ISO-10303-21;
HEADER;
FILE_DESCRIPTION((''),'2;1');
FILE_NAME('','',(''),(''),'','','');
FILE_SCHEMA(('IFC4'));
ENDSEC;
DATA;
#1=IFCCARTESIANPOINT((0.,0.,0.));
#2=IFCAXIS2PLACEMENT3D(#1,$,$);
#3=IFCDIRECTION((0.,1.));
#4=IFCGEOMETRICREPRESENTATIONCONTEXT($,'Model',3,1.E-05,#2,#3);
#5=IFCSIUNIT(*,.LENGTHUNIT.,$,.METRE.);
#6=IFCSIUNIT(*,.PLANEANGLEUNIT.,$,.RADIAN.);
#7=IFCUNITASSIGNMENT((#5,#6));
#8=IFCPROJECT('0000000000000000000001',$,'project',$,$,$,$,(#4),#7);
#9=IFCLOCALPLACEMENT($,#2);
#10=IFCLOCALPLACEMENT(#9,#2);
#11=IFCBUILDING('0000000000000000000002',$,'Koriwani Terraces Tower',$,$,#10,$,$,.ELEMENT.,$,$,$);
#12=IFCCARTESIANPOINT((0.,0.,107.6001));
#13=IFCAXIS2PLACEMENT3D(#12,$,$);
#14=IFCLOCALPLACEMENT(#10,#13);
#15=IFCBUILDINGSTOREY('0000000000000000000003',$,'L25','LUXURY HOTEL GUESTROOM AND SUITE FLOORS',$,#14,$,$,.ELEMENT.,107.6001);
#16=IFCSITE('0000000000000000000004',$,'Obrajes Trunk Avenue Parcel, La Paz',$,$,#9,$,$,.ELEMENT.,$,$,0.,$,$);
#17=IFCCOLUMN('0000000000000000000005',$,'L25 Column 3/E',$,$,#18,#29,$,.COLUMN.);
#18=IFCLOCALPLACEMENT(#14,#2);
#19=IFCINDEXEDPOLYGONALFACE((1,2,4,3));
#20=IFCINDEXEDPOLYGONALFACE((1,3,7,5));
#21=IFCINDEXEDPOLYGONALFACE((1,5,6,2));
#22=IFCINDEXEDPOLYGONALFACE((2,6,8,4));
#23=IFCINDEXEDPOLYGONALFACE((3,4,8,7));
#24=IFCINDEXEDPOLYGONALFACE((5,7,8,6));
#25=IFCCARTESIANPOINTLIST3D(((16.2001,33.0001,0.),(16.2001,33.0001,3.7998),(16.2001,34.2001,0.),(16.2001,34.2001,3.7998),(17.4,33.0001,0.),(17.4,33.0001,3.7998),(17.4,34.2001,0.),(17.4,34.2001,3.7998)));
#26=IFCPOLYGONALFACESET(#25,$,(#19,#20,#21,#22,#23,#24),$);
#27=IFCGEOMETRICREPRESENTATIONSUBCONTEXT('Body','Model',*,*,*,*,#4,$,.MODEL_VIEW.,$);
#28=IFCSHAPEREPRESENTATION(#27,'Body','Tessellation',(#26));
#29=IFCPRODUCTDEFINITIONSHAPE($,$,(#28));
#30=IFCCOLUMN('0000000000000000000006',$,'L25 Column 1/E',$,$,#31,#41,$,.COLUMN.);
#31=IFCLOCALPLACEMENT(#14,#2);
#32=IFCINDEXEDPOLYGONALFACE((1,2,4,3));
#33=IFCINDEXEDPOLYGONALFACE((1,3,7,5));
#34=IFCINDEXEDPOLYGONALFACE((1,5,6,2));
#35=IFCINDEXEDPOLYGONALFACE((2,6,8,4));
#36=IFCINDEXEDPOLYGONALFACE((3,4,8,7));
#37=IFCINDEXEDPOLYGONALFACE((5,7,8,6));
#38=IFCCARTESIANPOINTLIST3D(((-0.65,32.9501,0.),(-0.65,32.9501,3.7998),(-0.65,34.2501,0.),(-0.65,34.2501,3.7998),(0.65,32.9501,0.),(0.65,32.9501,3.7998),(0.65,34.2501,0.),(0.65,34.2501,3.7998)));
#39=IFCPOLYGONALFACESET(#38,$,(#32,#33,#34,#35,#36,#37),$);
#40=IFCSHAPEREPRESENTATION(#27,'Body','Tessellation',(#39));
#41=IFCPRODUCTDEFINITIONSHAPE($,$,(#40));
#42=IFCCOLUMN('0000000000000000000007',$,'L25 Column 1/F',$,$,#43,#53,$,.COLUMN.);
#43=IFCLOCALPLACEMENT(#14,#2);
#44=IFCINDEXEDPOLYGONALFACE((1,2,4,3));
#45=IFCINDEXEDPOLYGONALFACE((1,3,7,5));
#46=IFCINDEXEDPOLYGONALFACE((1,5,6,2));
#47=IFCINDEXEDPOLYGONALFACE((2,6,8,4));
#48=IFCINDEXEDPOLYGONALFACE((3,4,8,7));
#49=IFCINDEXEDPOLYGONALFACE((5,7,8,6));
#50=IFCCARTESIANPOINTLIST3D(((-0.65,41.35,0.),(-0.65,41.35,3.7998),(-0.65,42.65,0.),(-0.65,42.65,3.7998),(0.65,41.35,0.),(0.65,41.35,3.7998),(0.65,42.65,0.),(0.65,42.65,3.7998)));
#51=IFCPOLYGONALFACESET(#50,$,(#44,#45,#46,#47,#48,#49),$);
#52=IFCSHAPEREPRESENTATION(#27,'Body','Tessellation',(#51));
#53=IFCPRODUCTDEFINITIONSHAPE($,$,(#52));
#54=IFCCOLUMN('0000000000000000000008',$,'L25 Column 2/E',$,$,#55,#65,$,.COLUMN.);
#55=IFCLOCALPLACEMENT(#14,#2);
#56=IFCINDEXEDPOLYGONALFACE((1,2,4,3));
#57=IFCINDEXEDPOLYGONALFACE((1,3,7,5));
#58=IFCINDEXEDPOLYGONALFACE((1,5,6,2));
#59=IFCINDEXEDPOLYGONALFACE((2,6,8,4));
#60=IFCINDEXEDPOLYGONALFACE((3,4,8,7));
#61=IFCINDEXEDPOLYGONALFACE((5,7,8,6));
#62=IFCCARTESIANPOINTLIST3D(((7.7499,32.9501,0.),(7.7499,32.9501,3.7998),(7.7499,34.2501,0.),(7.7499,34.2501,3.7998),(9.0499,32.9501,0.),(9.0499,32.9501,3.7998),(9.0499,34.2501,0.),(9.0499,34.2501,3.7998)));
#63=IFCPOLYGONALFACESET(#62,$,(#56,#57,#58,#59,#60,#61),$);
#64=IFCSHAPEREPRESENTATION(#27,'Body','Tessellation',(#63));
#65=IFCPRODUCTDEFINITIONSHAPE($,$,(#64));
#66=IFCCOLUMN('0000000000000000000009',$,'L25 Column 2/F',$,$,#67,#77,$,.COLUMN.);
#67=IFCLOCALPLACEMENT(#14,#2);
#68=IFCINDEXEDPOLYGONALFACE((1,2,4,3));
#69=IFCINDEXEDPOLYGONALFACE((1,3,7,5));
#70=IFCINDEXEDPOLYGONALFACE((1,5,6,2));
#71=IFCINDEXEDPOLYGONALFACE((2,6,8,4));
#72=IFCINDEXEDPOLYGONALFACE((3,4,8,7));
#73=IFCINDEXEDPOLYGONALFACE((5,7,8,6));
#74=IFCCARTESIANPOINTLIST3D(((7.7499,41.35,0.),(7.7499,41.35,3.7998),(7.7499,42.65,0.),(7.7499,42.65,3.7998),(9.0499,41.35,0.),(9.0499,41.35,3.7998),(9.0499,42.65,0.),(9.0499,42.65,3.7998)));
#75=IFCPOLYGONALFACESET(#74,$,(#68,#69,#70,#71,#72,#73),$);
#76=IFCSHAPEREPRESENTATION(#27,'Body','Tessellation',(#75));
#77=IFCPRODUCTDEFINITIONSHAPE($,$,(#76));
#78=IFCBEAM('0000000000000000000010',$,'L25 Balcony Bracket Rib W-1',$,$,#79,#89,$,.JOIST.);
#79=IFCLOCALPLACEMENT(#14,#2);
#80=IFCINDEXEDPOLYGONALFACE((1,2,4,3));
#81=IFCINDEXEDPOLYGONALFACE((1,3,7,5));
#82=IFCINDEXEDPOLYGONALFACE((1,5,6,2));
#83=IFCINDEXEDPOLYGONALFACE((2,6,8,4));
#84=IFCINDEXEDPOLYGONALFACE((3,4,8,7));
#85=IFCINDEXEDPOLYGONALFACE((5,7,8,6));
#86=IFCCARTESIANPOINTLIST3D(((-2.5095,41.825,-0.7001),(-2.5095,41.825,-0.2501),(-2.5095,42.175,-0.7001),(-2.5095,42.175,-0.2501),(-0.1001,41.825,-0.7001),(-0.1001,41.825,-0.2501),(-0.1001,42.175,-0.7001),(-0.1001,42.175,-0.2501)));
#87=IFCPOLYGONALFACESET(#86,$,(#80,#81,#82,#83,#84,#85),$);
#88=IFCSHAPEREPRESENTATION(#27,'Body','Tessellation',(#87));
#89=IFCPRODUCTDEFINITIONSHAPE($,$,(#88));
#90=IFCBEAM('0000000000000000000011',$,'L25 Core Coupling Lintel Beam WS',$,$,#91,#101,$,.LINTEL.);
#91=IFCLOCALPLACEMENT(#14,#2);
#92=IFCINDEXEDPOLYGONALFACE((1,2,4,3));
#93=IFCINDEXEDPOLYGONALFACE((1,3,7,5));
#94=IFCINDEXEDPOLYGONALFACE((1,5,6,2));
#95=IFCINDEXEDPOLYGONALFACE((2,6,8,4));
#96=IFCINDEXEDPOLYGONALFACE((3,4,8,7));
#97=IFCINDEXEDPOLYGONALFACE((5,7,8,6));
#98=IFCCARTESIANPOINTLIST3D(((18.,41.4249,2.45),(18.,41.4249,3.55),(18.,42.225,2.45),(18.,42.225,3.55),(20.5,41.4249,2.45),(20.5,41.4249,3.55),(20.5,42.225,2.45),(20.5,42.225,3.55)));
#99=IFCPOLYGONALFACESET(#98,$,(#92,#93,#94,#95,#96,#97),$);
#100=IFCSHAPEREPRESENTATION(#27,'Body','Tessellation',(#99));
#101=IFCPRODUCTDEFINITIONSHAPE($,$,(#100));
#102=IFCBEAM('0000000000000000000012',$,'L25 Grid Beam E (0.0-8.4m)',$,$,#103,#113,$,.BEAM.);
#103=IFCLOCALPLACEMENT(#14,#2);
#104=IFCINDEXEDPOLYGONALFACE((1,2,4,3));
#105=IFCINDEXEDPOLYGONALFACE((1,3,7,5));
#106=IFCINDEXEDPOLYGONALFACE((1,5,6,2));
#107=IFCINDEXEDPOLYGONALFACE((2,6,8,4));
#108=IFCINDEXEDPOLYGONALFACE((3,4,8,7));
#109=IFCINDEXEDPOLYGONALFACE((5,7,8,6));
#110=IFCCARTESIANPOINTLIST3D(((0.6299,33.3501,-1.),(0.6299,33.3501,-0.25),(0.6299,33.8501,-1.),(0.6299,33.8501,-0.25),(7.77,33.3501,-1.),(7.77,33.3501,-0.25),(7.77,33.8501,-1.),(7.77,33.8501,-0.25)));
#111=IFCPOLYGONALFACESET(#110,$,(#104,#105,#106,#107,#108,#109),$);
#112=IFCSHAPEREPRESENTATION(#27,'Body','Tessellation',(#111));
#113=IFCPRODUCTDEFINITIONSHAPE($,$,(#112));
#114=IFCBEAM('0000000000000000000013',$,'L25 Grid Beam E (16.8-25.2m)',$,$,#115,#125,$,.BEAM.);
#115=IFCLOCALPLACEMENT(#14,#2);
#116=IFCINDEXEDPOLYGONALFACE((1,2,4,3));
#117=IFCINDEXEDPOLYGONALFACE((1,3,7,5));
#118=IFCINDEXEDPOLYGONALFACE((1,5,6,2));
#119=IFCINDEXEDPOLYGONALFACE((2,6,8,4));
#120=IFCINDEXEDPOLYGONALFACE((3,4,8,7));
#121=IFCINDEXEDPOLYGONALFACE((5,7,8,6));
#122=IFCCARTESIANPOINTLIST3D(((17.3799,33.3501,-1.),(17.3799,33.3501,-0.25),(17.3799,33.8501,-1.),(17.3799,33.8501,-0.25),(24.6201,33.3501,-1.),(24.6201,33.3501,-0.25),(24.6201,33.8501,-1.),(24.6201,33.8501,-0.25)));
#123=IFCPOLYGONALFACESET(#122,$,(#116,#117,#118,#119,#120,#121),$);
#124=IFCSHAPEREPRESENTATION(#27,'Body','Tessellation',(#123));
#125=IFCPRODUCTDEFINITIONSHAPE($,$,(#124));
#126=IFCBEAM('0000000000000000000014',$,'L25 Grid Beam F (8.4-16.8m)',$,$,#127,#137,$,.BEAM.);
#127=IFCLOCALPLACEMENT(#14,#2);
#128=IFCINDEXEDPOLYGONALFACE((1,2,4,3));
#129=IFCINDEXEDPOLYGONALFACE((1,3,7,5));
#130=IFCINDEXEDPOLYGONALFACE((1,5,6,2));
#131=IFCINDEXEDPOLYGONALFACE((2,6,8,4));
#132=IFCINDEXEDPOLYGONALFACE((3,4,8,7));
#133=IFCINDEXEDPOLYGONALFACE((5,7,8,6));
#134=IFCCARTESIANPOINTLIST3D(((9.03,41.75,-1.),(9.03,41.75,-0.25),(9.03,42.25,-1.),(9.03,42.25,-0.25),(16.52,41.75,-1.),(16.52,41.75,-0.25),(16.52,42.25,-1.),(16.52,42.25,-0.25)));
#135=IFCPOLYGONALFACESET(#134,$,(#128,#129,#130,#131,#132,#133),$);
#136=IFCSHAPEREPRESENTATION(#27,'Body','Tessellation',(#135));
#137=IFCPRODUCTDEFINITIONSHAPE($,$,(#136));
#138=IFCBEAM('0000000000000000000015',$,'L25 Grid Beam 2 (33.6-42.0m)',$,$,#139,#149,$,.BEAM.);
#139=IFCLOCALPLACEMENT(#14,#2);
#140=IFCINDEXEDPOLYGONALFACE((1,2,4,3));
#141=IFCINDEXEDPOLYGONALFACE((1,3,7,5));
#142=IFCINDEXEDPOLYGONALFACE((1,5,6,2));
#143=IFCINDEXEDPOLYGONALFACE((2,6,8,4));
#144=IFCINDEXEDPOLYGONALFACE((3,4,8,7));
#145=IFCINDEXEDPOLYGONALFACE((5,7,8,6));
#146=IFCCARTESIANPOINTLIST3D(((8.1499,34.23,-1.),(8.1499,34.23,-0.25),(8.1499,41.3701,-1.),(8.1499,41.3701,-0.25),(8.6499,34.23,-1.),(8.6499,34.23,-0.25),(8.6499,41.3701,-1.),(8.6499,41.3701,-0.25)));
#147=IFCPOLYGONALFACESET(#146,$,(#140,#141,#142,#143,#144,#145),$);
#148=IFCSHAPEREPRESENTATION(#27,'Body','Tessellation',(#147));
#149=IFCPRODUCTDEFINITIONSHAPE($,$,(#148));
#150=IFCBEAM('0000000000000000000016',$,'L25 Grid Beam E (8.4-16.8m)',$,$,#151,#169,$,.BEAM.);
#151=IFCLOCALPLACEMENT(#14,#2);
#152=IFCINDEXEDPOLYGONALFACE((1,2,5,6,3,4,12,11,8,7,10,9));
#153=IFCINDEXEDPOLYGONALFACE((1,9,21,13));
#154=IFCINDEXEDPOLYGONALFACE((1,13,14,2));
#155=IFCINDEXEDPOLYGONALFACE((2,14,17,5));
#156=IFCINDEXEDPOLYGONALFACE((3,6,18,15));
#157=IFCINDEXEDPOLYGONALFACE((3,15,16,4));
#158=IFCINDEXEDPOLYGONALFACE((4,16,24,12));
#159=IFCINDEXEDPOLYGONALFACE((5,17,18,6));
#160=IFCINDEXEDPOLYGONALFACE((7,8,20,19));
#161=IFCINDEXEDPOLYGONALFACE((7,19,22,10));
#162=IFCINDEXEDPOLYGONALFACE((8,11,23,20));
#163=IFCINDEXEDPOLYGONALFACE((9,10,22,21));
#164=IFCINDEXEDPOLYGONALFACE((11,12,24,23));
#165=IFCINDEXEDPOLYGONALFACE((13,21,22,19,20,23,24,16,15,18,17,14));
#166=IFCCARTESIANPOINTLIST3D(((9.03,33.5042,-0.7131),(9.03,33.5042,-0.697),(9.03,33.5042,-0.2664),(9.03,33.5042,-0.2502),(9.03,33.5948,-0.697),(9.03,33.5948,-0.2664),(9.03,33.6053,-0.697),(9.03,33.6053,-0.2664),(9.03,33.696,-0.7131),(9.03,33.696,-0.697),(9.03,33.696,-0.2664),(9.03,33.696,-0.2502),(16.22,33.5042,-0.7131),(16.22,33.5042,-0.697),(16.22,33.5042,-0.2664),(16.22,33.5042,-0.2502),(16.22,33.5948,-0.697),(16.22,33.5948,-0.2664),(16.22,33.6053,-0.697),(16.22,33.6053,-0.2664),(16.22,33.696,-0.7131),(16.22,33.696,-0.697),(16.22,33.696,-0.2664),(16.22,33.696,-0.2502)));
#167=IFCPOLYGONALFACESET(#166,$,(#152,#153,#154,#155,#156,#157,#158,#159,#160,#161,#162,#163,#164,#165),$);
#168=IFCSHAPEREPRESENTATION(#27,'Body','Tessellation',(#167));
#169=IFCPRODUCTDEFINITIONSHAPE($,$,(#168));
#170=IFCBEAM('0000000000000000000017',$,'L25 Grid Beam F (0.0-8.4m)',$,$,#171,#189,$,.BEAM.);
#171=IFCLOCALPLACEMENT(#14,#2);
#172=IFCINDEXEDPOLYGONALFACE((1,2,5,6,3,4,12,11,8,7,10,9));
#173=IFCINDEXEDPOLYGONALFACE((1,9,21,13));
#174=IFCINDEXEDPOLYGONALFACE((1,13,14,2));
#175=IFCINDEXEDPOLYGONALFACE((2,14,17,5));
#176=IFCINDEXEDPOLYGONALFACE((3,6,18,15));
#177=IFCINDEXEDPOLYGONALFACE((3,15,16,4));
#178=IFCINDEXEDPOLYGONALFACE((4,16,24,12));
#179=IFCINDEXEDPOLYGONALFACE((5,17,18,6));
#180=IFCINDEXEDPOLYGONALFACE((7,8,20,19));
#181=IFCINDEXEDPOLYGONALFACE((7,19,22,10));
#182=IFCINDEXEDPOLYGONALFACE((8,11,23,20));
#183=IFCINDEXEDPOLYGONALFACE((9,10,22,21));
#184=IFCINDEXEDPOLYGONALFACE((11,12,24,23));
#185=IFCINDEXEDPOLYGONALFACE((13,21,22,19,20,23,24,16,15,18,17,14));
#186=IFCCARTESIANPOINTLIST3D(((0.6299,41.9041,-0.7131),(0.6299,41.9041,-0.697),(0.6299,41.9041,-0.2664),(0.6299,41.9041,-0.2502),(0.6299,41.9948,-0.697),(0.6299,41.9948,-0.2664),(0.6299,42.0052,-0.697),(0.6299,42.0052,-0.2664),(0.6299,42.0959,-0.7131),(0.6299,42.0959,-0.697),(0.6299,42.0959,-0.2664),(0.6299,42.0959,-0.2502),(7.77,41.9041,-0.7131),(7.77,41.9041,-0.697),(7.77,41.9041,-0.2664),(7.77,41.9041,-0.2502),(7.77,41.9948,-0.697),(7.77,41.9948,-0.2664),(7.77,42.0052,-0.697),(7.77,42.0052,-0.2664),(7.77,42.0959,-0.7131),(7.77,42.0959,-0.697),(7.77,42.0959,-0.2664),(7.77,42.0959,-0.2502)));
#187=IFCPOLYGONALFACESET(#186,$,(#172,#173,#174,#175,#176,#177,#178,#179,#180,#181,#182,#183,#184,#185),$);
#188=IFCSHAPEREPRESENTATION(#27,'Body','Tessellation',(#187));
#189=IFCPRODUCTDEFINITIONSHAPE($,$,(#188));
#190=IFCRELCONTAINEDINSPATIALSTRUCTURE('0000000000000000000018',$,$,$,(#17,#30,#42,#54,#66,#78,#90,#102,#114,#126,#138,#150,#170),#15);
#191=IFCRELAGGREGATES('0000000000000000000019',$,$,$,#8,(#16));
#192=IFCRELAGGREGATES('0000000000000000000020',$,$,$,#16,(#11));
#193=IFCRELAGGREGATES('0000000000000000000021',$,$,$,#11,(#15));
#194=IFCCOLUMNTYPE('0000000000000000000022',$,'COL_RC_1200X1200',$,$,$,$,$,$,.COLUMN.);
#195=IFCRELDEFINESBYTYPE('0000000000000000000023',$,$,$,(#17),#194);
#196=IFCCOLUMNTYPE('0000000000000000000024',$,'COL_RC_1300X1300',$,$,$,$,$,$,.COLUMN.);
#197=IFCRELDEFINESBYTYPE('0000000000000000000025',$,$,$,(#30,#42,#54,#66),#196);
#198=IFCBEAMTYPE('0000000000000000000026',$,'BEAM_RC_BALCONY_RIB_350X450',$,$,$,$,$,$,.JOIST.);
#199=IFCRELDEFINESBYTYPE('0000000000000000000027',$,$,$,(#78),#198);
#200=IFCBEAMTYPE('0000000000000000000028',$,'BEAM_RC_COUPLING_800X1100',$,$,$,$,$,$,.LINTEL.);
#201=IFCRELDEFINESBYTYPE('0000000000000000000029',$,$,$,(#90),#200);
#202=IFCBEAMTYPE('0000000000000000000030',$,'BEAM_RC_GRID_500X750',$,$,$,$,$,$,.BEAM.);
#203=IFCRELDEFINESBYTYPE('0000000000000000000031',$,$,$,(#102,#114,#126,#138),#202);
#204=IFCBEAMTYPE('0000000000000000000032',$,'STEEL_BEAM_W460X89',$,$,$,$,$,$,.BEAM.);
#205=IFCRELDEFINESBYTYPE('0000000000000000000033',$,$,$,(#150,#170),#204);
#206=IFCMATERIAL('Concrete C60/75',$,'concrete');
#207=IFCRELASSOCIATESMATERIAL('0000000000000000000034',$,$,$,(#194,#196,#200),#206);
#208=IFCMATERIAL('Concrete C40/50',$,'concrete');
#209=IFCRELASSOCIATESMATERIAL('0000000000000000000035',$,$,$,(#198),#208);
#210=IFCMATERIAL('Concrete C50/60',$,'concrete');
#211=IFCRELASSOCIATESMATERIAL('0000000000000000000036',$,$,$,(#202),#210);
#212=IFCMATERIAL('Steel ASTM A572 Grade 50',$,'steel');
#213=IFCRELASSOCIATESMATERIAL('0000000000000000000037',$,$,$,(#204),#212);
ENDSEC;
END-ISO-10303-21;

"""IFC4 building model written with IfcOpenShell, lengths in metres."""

from ifc_helpers import new_model, si_unit, direction, frame, origin, origin_2d, place, context, subcontext, project, spatial, rectangle, i_section, extrude, material, material_profile, profile_set, type_object, element, save


model = new_model("IFC4")

# Units and contexts
model_context = context("Model", 3, precision=1e-05, world=origin(), true_north=direction((0.0, 1.0)))
body_context = subcontext(model_context, "Body", "Model", "MODEL_VIEW")
ifc_project = project(units=[si_unit("LENGTHUNIT", "METRE"), si_unit("PLANEANGLEUNIT", "RADIAN")], contexts=[model_context])

# Site, building, storey
site_placement = place(None, origin())
site = spatial("IfcSite", under=ifc_project, at=site_placement, Name="Obrajes Trunk Avenue Parcel, La Paz", CompositionType="ELEMENT", RefElevation=0.0)
building_placement = place(site_placement, origin())
building = spatial("IfcBuilding", under=site, at=building_placement, Name="Koriwani Terraces Tower", CompositionType="ELEMENT")
storey_placement = place(building_placement, frame((0.0, 0.0, 107.6001)))
storey = spatial("IfcBuildingStorey", under=building, at=storey_placement, Name="L25", Description="LUXURY HOTEL GUESTROOM AND SUITE FLOORS", CompositionType="ELEMENT", Elevation=107.6001)

# Columns
ifc_material_1 = material(Name="Concrete C60/75", Category="concrete")
ifc_material_profile_1 = material_profile(ifc_material_1, rectangle(XDim=1.2, YDim=1.2, at=origin_2d()), Name="Concrete C60/75", Category="LoadBearing")
ifc_profile_set_1 = profile_set([ifc_material_profile_1], Name="Concrete C60/75")
column_type_1 = type_object("IfcColumnType", Name="COL_RC_1200X1200", PredefinedType="COLUMN", material=ifc_profile_set_1)
column_placement = place(storey_placement, frame((16.8, 33.6001, 0.0), z_axis=(0.0, 0.0, 1.0), x_axis=(1.0, 0.0, 0.0)))
element("IfcColumn", 1, at=column_placement, inside=storey, type_object=column_type_1, Name="L25 Column 3/E", PredefinedType="COLUMN", context=body_context, shape_type="SweptSolid", body=[
    extrude(rectangle(XDim=1.2, YDim=1.2, at=origin_2d()), origin(), (0.0, 0.0, 1.0), 3.7998),
])
ifc_material_profile_2 = material_profile(ifc_material_1, rectangle(XDim=1.3, YDim=1.3, at=origin_2d()), Name="Concrete C60/75", Category="LoadBearing")
ifc_profile_set_2 = profile_set([ifc_material_profile_2], Name="Concrete C60/75")
column_type_2 = type_object("IfcColumnType", Name="COL_RC_1300X1300", PredefinedType="COLUMN", material=ifc_profile_set_2)
for number, where, z_axis, x_axis, name in (
    (2, (0.0, 33.6001, 0.0), (0.0, 0.0, 1.0), (1.0, 0.0, 0.0), "L25 Column 1/E"),
    (3, (0.0, 42.0, 0.0), (0.0, 0.0, 1.0), (1.0, 0.0, 0.0), "L25 Column 1/F"),
    (4, (8.3999, 33.6001, 0.0), (0.0, 0.0, 1.0), (1.0, 0.0, 0.0), "L25 Column 2/E"),
    (5, (8.3999, 42.0, 0.0), (0.0, 0.0, 1.0), (1.0, 0.0, 0.0), "L25 Column 2/F"),
):
    element("IfcColumn", number, at=place(storey_placement, frame(where, z_axis=z_axis, x_axis=x_axis)), inside=storey, type_object=column_type_2, Name=name, PredefinedType="COLUMN", context=body_context, shape_type="SweptSolid", body=[
        extrude(rectangle(XDim=1.3, YDim=1.3, at=origin_2d()), origin(), (0.0, 0.0, 1.0), 3.7998),
    ])

# Beams
ifc_material_2 = material(Name="Concrete C40/50", Category="concrete")
ifc_material_profile_3 = material_profile(ifc_material_2, rectangle(XDim=0.3501, YDim=0.45, at=origin_2d()), Name="Concrete C40/50", Category="LoadBearing")
ifc_profile_set_3 = profile_set([ifc_material_profile_3], Name="Concrete C40/50")
beam_type_1 = type_object("IfcBeamType", Name="BEAM_RC_BALCONY_RIB_350X450", PredefinedType="JOIST", material=ifc_profile_set_3)
beam_1_placement = place(storey_placement, frame((-2.5095, 42.0, -0.4751), z_axis=(1.0, 0.0, 0.0), x_axis=(0.0, 1.0, 0.0)))
element("IfcBeam", 6, at=beam_1_placement, inside=storey, type_object=beam_type_1, Name="L25 Balcony Bracket Rib W-1", PredefinedType="JOIST", context=body_context, shape_type="SweptSolid", body=[
    extrude(rectangle(XDim=0.3501, YDim=0.45, at=origin_2d()), origin(), (0.0, 0.0, 1.0), 2.4094),
])
ifc_material_profile_4 = material_profile(ifc_material_1, rectangle(XDim=0.8, YDim=1.1001, at=origin_2d()), Name="Concrete C60/75", Category="LoadBearing")
ifc_profile_set_4 = profile_set([ifc_material_profile_4], Name="Concrete C60/75")
beam_type_2 = type_object("IfcBeamType", Name="BEAM_RC_COUPLING_800X1100", PredefinedType="LINTEL", material=ifc_profile_set_4)
beam_2_placement = place(storey_placement, frame((18.0, 41.825, 3.0), z_axis=(1.0, 0.0, 0.0), x_axis=(0.0, 1.0, 0.0)))
element("IfcBeam", 7, at=beam_2_placement, inside=storey, type_object=beam_type_2, Name="L25 Core Coupling Lintel Beam WS", PredefinedType="LINTEL", context=body_context, shape_type="SweptSolid", body=[
    extrude(rectangle(XDim=0.8, YDim=1.1001, at=origin_2d()), origin(), (0.0, 0.0, 1.0), 2.5),
])
ifc_material_3 = material(Name="Concrete C50/60", Category="concrete")
ifc_material_profile_5 = material_profile(ifc_material_3, rectangle(XDim=0.5, YDim=0.75, at=origin_2d()), Name="Concrete C50/60", Category="LoadBearing")
ifc_profile_set_5 = profile_set([ifc_material_profile_5], Name="Concrete C50/60")
beam_type_3 = type_object("IfcBeamType", Name="BEAM_RC_GRID_500X750", PredefinedType="BEAM", material=ifc_profile_set_5)
beam_3_placement = place(storey_placement, frame((0.6299, 33.6001, -0.625), z_axis=(1.0, 0.0, 0.0), x_axis=(0.0, 1.0, 0.0)))
element("IfcBeam", 8, at=beam_3_placement, inside=storey, type_object=beam_type_3, Name="L25 Grid Beam E (0.0-8.4m)", PredefinedType="BEAM", context=body_context, shape_type="SweptSolid", body=[
    extrude(rectangle(XDim=0.5, YDim=0.75, at=origin_2d()), origin(), (0.0, 0.0, 1.0), 7.1401),
])
beam_4_placement = place(storey_placement, frame((17.3799, 33.6001, -0.625), z_axis=(1.0, 0.0, 0.0), x_axis=(0.0, 1.0, 0.0)))
element("IfcBeam", 9, at=beam_4_placement, inside=storey, type_object=beam_type_3, Name="L25 Grid Beam E (16.8-25.2m)", PredefinedType="BEAM", context=body_context, shape_type="SweptSolid", body=[
    extrude(rectangle(XDim=0.5, YDim=0.75, at=origin_2d()), origin(), (0.0, 0.0, 1.0), 7.2402),
])
beam_5_placement = place(storey_placement, frame((9.03, 42.0, -0.625), z_axis=(1.0, 0.0, 0.0), x_axis=(0.0, 1.0, 0.0)))
element("IfcBeam", 10, at=beam_5_placement, inside=storey, type_object=beam_type_3, Name="L25 Grid Beam F (8.4-16.8m)", PredefinedType="BEAM", context=body_context, shape_type="SweptSolid", body=[
    extrude(rectangle(XDim=0.5, YDim=0.75, at=origin_2d()), origin(), (0.0, 0.0, 1.0), 7.49),
])
beam_6_placement = place(storey_placement, frame((8.3999, 34.23, -0.625), z_axis=(0.0, 1.0, 0.0), x_axis=(-1.0, 0.0, 0.0)))
element("IfcBeam", 11, at=beam_6_placement, inside=storey, type_object=beam_type_3, Name="L25 Grid Beam 2 (33.6-42.0m)", PredefinedType="BEAM", context=body_context, shape_type="SweptSolid", body=[
    extrude(rectangle(XDim=0.5, YDim=0.75, at=origin_2d()), origin(), (0.0, 0.0, 1.0), 7.1401),
])
ifc_material_4 = material(Name="Steel ASTM A572 Grade 50", Category="steel")
ifc_material_profile_6 = material_profile(ifc_material_4, i_section(OverallWidth=0.1919, OverallDepth=0.4629, WebThickness=0.0105, FlangeThickness=0.0161, at=origin_2d()), Name="Steel ASTM A572 Grade 50", Category="LoadBearing")
ifc_profile_set_6 = profile_set([ifc_material_profile_6], Name="Steel ASTM A572 Grade 50")
beam_type_4 = type_object("IfcBeamType", Name="STEEL_BEAM_W460X89", PredefinedType="BEAM", material=ifc_profile_set_6)
beam_7_placement = place(storey_placement, frame((9.03, 33.6001, -0.4817), z_axis=(1.0, 0.0, 0.0), x_axis=(0.0, 1.0, 0.0)))
element("IfcBeam", 12, at=beam_7_placement, inside=storey, type_object=beam_type_4, Name="L25 Grid Beam E (8.4-16.8m)", PredefinedType="BEAM", context=body_context, shape_type="SweptSolid", body=[
    extrude(i_section(OverallWidth=0.1919, OverallDepth=0.4629, WebThickness=0.0105, FlangeThickness=0.0161, at=origin_2d()), origin(), (0.0, 0.0, 1.0), 7.1899),
])
beam_8_placement = place(storey_placement, frame((0.6299, 42.0, -0.4817), z_axis=(1.0, 0.0, 0.0), x_axis=(0.0, 1.0, 0.0)))
element("IfcBeam", 13, at=beam_8_placement, inside=storey, type_object=beam_type_4, Name="L25 Grid Beam F (0.0-8.4m)", PredefinedType="BEAM", context=body_context, shape_type="SweptSolid", body=[
    extrude(i_section(OverallWidth=0.1919, OverallDepth=0.4629, WebThickness=0.0105, FlangeThickness=0.0161, at=origin_2d()), origin(), (0.0, 0.0, 1.0), 7.1401),
])

save(model, "model.ifc")
